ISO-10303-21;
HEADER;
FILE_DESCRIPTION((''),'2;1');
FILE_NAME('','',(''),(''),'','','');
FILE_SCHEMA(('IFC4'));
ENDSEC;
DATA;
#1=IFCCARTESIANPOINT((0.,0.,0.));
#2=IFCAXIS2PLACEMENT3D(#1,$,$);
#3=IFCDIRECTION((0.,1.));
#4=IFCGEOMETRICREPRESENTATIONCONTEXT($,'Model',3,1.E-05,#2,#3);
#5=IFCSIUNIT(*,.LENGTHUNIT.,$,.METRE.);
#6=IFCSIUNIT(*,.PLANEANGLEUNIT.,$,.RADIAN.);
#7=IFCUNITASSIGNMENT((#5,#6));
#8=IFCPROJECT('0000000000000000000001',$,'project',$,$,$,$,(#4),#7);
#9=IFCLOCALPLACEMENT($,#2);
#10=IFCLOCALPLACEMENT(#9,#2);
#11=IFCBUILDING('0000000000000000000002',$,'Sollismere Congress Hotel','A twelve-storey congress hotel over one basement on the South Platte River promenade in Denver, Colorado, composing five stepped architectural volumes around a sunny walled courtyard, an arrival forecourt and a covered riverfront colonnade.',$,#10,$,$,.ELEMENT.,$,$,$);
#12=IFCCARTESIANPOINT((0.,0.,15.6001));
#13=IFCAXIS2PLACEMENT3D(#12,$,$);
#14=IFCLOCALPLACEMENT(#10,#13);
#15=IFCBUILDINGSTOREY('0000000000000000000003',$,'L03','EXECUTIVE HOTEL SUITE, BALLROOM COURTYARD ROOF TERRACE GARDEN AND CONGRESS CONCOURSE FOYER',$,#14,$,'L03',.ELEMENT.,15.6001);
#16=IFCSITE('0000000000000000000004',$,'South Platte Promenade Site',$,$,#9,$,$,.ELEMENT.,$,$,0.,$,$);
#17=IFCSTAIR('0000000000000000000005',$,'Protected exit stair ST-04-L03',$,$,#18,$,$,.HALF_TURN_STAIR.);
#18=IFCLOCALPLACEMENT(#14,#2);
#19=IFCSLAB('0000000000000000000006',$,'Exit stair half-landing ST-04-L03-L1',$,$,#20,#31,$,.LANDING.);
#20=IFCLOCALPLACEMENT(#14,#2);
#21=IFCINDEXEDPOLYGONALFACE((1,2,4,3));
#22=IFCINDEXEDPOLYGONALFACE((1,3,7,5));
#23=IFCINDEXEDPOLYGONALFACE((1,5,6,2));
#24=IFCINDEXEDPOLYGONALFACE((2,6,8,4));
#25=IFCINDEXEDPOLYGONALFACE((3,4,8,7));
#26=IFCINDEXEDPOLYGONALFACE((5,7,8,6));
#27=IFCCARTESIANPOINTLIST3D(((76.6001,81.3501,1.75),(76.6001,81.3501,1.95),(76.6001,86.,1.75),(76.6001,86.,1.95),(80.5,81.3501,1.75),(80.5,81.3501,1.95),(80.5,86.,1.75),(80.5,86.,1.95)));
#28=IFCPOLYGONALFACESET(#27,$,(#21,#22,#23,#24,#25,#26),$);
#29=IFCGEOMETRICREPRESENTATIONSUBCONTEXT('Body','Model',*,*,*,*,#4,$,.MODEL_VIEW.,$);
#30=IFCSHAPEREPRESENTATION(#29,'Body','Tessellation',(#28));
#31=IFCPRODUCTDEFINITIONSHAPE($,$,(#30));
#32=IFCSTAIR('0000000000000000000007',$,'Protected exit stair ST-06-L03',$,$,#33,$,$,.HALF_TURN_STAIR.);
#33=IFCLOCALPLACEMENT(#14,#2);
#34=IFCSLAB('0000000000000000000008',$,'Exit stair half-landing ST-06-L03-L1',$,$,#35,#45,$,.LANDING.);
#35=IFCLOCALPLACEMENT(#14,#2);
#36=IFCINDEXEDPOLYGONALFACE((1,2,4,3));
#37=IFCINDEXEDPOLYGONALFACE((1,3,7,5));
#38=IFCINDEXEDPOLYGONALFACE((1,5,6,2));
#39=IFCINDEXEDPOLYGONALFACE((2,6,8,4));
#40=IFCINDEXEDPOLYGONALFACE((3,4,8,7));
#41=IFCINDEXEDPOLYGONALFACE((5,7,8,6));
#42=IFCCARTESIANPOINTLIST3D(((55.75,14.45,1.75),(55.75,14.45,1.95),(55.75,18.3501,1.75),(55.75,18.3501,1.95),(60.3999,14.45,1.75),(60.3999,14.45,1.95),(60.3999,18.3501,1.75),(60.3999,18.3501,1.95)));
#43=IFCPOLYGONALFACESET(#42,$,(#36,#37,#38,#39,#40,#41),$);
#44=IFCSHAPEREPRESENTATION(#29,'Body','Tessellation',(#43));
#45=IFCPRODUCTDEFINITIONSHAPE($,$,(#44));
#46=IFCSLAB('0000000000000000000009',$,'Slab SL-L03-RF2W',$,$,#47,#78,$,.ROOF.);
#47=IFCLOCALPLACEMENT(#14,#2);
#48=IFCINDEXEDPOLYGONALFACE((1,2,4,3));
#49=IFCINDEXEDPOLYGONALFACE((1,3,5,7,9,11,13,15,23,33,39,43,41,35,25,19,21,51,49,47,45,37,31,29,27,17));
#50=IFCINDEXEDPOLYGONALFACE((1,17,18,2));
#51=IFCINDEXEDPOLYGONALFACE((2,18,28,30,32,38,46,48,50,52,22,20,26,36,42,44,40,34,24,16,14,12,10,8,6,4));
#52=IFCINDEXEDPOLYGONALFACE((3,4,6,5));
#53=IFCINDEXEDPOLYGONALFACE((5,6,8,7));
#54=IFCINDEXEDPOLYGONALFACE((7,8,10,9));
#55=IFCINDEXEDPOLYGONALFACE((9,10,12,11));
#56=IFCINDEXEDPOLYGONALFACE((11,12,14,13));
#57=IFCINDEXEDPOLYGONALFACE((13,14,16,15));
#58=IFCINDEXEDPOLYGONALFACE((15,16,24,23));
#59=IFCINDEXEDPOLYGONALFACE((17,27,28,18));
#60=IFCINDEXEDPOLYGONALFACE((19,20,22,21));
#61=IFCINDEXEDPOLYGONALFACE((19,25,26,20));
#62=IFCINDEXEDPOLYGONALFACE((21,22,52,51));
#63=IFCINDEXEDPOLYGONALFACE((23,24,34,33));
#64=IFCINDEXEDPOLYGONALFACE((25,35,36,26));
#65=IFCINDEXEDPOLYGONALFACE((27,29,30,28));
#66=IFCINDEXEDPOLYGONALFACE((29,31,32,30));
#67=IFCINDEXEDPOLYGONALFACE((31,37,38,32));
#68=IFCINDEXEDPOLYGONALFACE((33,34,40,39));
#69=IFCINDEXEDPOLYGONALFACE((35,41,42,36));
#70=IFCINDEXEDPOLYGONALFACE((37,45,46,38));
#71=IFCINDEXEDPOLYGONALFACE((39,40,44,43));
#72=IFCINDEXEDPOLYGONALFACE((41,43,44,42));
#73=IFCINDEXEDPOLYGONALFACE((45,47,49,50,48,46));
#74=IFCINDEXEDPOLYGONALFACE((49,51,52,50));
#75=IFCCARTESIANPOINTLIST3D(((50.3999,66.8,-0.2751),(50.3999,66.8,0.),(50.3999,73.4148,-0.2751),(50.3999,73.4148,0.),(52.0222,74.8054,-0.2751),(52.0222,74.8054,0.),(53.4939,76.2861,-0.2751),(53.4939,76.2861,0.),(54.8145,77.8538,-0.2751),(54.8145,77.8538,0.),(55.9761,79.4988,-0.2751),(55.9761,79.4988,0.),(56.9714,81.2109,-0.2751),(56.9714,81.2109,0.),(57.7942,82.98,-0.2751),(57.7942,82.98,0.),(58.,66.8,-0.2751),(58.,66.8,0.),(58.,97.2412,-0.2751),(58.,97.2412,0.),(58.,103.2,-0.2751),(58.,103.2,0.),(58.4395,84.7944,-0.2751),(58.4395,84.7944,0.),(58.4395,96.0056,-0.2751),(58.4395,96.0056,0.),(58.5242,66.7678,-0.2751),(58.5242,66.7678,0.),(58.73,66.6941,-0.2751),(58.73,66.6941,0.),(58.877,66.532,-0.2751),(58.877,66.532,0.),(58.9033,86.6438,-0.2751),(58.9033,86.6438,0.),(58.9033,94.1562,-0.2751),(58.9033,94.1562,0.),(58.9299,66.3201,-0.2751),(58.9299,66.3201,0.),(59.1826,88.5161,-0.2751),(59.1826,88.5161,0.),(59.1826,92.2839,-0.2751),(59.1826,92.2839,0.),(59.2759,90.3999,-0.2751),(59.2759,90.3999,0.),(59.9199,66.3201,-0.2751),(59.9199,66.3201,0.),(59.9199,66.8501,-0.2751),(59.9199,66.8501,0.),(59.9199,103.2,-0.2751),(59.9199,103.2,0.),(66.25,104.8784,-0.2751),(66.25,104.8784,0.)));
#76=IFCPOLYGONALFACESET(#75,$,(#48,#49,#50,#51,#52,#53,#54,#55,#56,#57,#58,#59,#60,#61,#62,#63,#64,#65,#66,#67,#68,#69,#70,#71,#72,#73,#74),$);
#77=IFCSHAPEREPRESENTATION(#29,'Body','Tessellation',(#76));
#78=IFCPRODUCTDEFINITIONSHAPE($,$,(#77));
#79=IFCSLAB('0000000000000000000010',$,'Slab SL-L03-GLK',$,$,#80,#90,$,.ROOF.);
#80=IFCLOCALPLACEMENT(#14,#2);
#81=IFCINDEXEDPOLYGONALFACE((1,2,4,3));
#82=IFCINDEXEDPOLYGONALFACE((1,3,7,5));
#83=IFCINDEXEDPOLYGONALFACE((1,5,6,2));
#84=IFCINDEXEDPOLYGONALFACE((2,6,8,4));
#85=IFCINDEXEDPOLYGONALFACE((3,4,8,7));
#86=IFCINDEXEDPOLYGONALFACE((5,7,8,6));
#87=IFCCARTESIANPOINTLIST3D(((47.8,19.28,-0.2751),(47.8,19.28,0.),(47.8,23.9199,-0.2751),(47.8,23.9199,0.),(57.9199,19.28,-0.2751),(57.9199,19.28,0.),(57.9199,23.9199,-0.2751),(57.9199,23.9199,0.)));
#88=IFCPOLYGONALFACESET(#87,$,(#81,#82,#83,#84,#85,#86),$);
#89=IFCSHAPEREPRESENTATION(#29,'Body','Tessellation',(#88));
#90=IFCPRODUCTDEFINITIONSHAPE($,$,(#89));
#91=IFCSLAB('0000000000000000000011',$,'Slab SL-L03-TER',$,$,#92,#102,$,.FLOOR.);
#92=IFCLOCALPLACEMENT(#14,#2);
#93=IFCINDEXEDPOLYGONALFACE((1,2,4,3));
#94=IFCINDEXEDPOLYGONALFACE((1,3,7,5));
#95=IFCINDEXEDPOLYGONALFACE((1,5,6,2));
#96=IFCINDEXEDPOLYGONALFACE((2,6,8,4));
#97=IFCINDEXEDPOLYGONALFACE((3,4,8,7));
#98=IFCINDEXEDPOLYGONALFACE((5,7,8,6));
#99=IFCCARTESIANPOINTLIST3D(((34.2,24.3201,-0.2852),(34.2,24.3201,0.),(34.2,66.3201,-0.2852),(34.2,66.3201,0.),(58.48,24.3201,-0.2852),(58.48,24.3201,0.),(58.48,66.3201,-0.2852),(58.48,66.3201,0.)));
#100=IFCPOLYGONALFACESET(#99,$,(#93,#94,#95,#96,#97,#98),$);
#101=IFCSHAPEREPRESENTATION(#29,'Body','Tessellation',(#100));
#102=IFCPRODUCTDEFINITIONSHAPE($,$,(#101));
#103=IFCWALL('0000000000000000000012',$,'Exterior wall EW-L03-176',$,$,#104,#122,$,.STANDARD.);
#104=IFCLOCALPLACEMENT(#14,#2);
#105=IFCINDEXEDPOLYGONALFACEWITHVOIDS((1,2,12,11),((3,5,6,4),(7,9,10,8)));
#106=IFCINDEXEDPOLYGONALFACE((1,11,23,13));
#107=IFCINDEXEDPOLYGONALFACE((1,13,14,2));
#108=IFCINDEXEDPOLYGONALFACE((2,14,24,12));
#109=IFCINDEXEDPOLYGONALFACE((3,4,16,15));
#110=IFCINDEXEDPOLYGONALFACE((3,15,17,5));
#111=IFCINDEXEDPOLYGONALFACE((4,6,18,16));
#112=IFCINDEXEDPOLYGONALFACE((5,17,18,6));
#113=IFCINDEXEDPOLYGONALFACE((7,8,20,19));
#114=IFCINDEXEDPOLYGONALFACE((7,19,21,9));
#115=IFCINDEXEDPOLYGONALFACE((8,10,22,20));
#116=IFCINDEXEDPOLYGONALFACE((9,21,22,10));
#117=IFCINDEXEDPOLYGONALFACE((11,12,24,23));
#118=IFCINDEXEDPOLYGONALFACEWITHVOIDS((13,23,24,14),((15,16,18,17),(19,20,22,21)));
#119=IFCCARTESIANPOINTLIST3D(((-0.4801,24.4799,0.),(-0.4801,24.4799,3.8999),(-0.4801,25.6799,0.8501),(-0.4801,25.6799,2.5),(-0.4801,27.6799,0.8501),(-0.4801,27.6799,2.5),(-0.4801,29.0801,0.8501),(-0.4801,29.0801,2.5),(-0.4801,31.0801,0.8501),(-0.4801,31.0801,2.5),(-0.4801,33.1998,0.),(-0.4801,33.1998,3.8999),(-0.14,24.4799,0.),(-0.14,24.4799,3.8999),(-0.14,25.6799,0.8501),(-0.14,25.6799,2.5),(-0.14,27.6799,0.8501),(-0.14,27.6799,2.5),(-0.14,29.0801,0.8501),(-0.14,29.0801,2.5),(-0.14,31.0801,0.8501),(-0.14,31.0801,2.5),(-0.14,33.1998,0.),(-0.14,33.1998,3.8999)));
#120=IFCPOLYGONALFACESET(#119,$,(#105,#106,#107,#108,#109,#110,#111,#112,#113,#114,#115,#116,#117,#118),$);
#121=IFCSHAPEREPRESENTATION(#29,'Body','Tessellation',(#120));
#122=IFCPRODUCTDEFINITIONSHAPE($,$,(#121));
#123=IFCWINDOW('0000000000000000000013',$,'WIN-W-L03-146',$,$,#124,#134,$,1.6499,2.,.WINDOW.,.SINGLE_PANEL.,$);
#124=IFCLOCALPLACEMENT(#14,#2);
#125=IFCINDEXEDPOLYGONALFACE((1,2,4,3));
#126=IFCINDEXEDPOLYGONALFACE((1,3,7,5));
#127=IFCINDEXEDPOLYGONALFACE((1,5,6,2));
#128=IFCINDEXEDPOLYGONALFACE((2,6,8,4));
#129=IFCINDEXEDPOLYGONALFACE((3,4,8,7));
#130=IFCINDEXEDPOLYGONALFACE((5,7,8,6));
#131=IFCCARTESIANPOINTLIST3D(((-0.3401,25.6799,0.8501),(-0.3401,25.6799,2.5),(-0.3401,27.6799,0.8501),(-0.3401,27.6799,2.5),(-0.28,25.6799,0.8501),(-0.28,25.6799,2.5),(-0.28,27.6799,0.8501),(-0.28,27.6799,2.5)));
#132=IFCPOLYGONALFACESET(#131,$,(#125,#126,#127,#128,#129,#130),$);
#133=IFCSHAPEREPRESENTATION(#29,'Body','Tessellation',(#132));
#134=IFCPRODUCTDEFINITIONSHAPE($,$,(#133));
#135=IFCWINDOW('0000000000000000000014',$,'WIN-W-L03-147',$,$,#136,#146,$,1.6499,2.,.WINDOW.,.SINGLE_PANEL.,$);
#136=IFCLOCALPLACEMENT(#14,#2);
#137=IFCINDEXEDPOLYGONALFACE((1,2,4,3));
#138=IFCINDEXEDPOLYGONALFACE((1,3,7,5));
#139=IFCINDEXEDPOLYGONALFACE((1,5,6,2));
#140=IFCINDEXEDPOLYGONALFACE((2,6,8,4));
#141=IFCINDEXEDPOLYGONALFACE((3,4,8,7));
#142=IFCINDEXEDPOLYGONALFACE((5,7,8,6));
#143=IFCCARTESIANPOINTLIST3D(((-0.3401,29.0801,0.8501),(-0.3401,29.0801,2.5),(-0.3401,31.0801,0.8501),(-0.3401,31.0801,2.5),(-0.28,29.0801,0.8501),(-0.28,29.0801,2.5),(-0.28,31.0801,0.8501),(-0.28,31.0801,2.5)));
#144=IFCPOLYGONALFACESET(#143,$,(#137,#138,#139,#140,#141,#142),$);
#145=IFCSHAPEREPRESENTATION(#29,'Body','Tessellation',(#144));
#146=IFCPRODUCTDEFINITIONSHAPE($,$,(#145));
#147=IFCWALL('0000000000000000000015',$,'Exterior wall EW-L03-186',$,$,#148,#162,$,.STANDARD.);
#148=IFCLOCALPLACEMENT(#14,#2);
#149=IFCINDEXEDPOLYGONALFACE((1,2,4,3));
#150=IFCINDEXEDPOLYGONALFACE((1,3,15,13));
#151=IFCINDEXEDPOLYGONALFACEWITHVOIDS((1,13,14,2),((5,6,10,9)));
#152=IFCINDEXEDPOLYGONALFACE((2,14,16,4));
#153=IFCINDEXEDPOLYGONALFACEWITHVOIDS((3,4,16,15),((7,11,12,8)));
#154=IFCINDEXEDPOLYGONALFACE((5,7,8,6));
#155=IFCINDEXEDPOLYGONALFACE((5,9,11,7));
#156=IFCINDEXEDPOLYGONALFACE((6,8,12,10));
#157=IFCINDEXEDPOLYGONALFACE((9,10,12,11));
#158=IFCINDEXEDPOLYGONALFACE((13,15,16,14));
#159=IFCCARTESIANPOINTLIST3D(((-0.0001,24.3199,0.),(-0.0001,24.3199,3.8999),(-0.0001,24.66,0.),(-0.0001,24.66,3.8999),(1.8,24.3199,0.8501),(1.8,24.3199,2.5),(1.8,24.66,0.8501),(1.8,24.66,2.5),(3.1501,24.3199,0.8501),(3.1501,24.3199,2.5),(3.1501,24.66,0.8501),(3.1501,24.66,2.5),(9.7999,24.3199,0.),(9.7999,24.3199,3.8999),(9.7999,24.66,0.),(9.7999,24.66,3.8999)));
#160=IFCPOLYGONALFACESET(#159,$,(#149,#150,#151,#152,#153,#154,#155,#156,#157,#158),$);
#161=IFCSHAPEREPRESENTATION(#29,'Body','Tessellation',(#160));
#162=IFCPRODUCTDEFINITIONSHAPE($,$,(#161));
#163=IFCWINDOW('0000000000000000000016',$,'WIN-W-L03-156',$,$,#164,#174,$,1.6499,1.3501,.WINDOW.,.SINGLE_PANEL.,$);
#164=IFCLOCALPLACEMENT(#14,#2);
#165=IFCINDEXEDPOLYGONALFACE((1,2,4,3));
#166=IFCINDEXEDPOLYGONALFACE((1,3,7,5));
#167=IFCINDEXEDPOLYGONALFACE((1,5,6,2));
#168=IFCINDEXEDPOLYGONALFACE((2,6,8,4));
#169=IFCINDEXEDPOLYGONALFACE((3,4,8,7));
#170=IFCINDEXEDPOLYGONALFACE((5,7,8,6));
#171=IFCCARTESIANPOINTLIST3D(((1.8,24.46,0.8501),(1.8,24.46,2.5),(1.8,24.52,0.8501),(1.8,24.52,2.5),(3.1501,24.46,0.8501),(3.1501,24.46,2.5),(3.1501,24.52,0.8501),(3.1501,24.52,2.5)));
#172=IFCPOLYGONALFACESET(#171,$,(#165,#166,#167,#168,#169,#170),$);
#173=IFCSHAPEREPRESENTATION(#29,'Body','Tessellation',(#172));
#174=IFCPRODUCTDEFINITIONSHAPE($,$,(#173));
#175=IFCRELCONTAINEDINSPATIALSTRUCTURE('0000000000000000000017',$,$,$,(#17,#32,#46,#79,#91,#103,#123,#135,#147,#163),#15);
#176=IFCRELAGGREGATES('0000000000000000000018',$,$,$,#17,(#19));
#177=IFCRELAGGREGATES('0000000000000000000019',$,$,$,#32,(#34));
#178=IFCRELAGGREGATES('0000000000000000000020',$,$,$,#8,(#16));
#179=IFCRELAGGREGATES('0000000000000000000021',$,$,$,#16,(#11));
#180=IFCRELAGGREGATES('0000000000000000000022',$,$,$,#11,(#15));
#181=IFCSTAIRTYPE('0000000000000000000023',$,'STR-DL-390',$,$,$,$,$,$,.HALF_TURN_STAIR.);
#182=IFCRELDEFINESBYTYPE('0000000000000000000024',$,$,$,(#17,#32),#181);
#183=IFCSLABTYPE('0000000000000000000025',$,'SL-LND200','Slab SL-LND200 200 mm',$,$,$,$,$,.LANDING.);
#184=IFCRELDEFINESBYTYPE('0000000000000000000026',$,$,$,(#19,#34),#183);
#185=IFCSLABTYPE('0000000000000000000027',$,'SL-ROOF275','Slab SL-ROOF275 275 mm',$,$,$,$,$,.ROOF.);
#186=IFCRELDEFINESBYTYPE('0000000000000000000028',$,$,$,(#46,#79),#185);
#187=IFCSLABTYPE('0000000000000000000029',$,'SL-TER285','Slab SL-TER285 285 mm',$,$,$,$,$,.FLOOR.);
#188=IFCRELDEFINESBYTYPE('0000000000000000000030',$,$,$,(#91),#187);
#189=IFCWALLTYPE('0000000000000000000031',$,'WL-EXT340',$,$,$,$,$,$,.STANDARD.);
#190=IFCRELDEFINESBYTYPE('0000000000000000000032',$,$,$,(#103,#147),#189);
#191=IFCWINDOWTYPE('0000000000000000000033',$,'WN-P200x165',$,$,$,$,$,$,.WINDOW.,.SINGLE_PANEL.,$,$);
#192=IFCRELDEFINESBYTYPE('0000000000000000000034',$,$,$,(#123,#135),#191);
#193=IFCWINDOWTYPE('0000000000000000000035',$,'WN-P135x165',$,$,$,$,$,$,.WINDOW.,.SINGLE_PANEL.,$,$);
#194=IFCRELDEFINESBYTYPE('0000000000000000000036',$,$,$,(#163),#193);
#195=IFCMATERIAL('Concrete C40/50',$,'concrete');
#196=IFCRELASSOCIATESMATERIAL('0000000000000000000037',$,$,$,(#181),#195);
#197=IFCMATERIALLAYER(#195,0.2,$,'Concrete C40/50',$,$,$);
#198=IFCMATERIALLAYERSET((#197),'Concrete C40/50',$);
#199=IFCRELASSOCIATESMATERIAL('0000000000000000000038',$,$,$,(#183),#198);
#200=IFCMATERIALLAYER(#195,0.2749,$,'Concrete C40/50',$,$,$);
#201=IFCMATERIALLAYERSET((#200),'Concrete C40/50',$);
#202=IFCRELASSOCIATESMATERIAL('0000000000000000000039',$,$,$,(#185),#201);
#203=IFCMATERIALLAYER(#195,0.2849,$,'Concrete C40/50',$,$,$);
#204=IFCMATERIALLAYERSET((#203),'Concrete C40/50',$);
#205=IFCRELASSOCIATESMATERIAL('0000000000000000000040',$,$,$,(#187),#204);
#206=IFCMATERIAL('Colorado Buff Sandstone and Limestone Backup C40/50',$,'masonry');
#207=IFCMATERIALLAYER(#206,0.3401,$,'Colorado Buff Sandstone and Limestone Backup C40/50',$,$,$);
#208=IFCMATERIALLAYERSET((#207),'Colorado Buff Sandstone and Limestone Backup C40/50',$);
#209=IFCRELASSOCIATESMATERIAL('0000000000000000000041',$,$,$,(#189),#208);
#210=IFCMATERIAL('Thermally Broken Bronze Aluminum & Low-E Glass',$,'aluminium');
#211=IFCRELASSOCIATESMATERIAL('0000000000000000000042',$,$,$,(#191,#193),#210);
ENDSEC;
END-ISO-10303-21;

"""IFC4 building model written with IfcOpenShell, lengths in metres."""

from ifc_helpers import new_model, si_unit, direction, frame, frame_2d, origin, place, context, subcontext, project, spatial, polyline, rectangle, outline, extrude, material, layer, layer_set, type_object, element, fill, aggregate, save


model = new_model("IFC4")

# Units and contexts
model_context = context("Model", 3, precision=1e-05, world=origin(), true_north=direction((0.0, 1.0)))
body_context = subcontext(model_context, "Body", "Model", "MODEL_VIEW")
ifc_project = project(units=[si_unit("LENGTHUNIT", "METRE"), si_unit("PLANEANGLEUNIT", "RADIAN")], contexts=[model_context])

# Site, building, storey
site_placement = place(None, origin())
site = spatial("IfcSite", under=ifc_project, at=site_placement, Name="South Platte Promenade Site", CompositionType="ELEMENT", RefElevation=0.0)
building_placement = place(site_placement, origin())
building = spatial("IfcBuilding", under=site, at=building_placement, Name="Sollismere Congress Hotel", Description="A twelve-storey congress hotel over one basement on the South Platte River promenade in Denver, Colorado, composing five stepped architectural volumes around a sunny walled courtyard, an arrival forecourt and a covered riverfront colonnade.", CompositionType="ELEMENT")
storey_placement = place(building_placement, frame((0.0, 0.0, 15.6001)))
storey = spatial("IfcBuildingStorey", under=building, at=storey_placement, Name="L03", Description="EXECUTIVE HOTEL SUITE, BALLROOM COURTYARD ROOF TERRACE GARDEN AND CONGRESS CONCOURSE FOYER", LongName="L03", CompositionType="ELEMENT", Elevation=15.6001)

# Shared definitions
ifc_material_1 = material(Name="Concrete C40/50", Category="concrete")

# Stairs, slabs
stair_type = type_object("IfcStairType", Name="STR-DL-390", PredefinedType="HALF_TURN_STAIR", material=ifc_material_1)
ifc_layer_1 = layer(ifc_material_1, 0.2, Name="Concrete C40/50")
ifc_layer_set_1 = layer_set([ifc_layer_1], Name="Concrete C40/50")
slab_type_1 = type_object("IfcSlabType", Name="SL-LND200", Description="Slab SL-LND200 200 mm", PredefinedType="LANDING", material=ifc_layer_set_1)
stair_1_placement = place(storey_placement, origin())
stair_1 = element("IfcStair", 1, at=stair_1_placement, inside=storey, type_object=stair_type, Name="Protected exit stair ST-04-L03", PredefinedType="HALF_TURN_STAIR")
slab_1_placement = place(storey_placement, frame((0.0, 0.0, 1.75)))
slab_1 = element("IfcSlab", 2, at=slab_1_placement, type_object=slab_type_1, Name="Exit stair half-landing ST-04-L03-L1", PredefinedType="LANDING", context=body_context, shape_type="SweptSolid", body=[
    extrude(outline(polyline([(80.5, 81.3501), (80.5, 86.0), (76.6001, 86.0), (76.6001, 81.3501), (80.5, 81.3501)])), origin(), (0.0, 0.0, 1.0), 0.2),
])
aggregate(stair_1, [slab_1])
stair_2_placement = place(storey_placement, origin())
stair_2 = element("IfcStair", 3, at=stair_2_placement, inside=storey, type_object=stair_type, Name="Protected exit stair ST-06-L03", PredefinedType="HALF_TURN_STAIR")
slab_2_placement = place(storey_placement, frame((0.0, 0.0, 1.75)))
slab_2 = element("IfcSlab", 4, at=slab_2_placement, type_object=slab_type_1, Name="Exit stair half-landing ST-06-L03-L1", PredefinedType="LANDING", context=body_context, shape_type="SweptSolid", body=[
    extrude(outline(polyline([(55.75, 14.45), (60.3999, 14.45), (60.3999, 18.3501), (55.75, 18.3501), (55.75, 14.45)])), origin(), (0.0, 0.0, 1.0), 0.2),
])
aggregate(stair_2, [slab_2])

# Slabs
ifc_layer_2 = layer(ifc_material_1, 0.2749, Name="Concrete C40/50")
ifc_layer_set_2 = layer_set([ifc_layer_2], Name="Concrete C40/50")
slab_type_2 = type_object("IfcSlabType", Name="SL-ROOF275", Description="Slab SL-ROOF275 275 mm", PredefinedType="ROOF", material=ifc_layer_set_2)
slab_3_placement = place(storey_placement, frame((0.0, 0.0, -0.2751)))
element("IfcSlab", 5, at=slab_3_placement, inside=storey, type_object=slab_type_2, Name="Slab SL-L03-RF2W", PredefinedType="ROOF", context=body_context, shape_type="SweptSolid", body=[
    extrude(outline(polyline([(58.0, 66.8), (58.5242, 66.7678), (58.73, 66.6941), (58.877, 66.532), (58.9299, 66.3201), (59.9199, 66.3201), (59.9199, 66.8501), (59.9199, 103.2), (66.25, 104.8784), (58.0, 103.2), (58.0, 97.2412), (58.4395, 96.0056), (58.9033, 94.1562), (59.1826, 92.2839), (59.2759, 90.3999), (59.1826, 88.5161), (58.9033, 86.6438), (58.4395, 84.7944), (57.7942, 82.98), (56.9714, 81.2109), (55.9761, 79.4988), (54.8145, 77.8538), (53.4939, 76.2861), (52.0222, 74.8054), (50.3999, 73.4148), (50.3999, 66.8), (58.0, 66.8)])), origin(), (0.0, 0.0, 1.0), 0.2751),
])
slab_4_placement = place(storey_placement, frame((0.0, 0.0, -0.2751)))
element("IfcSlab", 6, at=slab_4_placement, inside=storey, type_object=slab_type_2, Name="Slab SL-L03-GLK", PredefinedType="ROOF", context=body_context, shape_type="SweptSolid", body=[
    extrude(outline(polyline([(57.9199, 19.28), (57.9199, 23.9199), (47.8, 23.9199), (47.8, 19.28), (57.9199, 19.28)])), origin(), (0.0, 0.0, 1.0), 0.2751),
])
ifc_layer_3 = layer(ifc_material_1, 0.2849, Name="Concrete C40/50")
ifc_layer_set_3 = layer_set([ifc_layer_3], Name="Concrete C40/50")
slab_type_3 = type_object("IfcSlabType", Name="SL-TER285", Description="Slab SL-TER285 285 mm", PredefinedType="FLOOR", material=ifc_layer_set_3)
slab_5_placement = place(storey_placement, frame((0.0, 0.0, -0.2852)))
element("IfcSlab", 7, at=slab_5_placement, inside=storey, type_object=slab_type_3, Name="Slab SL-L03-TER", PredefinedType="FLOOR", context=body_context, shape_type="SweptSolid", body=[
    extrude(outline(polyline([(58.48, 24.3201), (58.48, 66.3201), (34.2, 66.3201), (34.2, 24.3201), (58.48, 24.3201)])), origin(), (0.0, 0.0, 1.0), 0.2852),
])

# Wall, openings, windows
ifc_material_2 = material(Name="Colorado Buff Sandstone and Limestone Backup C40/50", Category="masonry")
ifc_layer_4 = layer(ifc_material_2, 0.3401, Name="Colorado Buff Sandstone and Limestone Backup C40/50")
ifc_layer_set_4 = layer_set([ifc_layer_4], Name="Colorado Buff Sandstone and Limestone Backup C40/50")
wall_type_1 = type_object("IfcWallType", Name="WL-EXT340", PredefinedType="STANDARD", material=ifc_layer_set_4)
wall_1_placement = place(storey_placement, frame((-0.3101, 24.48, 0.0), z_axis=(0.0, 0.0, 1.0), x_axis=(0.0, 1.0, 0.0)))
wall_1 = element("IfcWall", 8, at=wall_1_placement, inside=storey, type_object=wall_type_1, Name="Exterior wall EW-L03-176", PredefinedType="STANDARD", context=body_context, shape_type="SweptSolid", body=[
    extrude(rectangle(XDim=8.72, YDim=0.3401, at=frame_2d((4.3599, 0.0))), origin(), (0.0, 0.0, 1.0), 3.8999),
])
opening_1_placement = place(wall_1_placement, frame((1.2, 0.0, 0.8501)))
opening_1 = element("IfcOpeningElement", 9, at=opening_1_placement, cuts=wall_1, PredefinedType="OPENING", context=body_context, shape_type="SweptSolid", body=[
    extrude(rectangle(XDim=2.0, YDim=1.6499, at=frame_2d((1.0, 0.825))), frame((0.0, 0.1799, 0.0), z_axis=(0.0, -1.0, 0.0), x_axis=(1.0, 0.0, 0.0)), (0.0, 0.0, 1.0), 0.3601),
])
opening_2_placement = place(wall_1_placement, frame((4.6001, 0.0, 0.8501)))
opening_2 = element("IfcOpeningElement", 10, at=opening_2_placement, cuts=wall_1, PredefinedType="OPENING", context=body_context, shape_type="SweptSolid", body=[
    extrude(rectangle(XDim=2.0, YDim=1.6499, at=frame_2d((1.0, 0.825))), frame((0.0, 0.1799, 0.0), z_axis=(0.0, -1.0, 0.0), x_axis=(1.0, 0.0, 0.0)), (0.0, 0.0, 1.0), 0.3601),
])
ifc_material_3 = material(Name="Thermally Broken Bronze Aluminum & Low-E Glass", Category="aluminium")
window_type_1 = type_object("IfcWindowType", Name="WN-P200x165", PartitioningType="SINGLE_PANEL", PredefinedType="WINDOW", material=ifc_material_3)
window_1_placement = place(opening_1_placement, origin())
window_1 = element("IfcWindow", 11, at=window_1_placement, inside=storey, type_object=window_type_1, Name="WIN-W-L03-146", OverallHeight=1.6499, OverallWidth=2.0, PartitioningType="SINGLE_PANEL", PredefinedType="WINDOW", context=body_context, shape_type="SweptSolid", body=[
    extrude(rectangle(XDim=2.0, YDim=1.6499, at=frame_2d((1.0, 0.825))), frame((0.0, 0.03, 0.0), z_axis=(0.0, -1.0, 0.0), x_axis=(1.0, 0.0, 0.0)), (0.0, 0.0, 1.0), 0.0601),
])
fill(opening_1, window_1)
window_2_placement = place(opening_2_placement, origin())
window_2 = element("IfcWindow", 12, at=window_2_placement, inside=storey, type_object=window_type_1, Name="WIN-W-L03-147", OverallHeight=1.6499, OverallWidth=2.0, PartitioningType="SINGLE_PANEL", PredefinedType="WINDOW", context=body_context, shape_type="SweptSolid", body=[
    extrude(rectangle(XDim=2.0, YDim=1.6499, at=frame_2d((1.0, 0.825))), frame((0.0, 0.03, 0.0), z_axis=(0.0, -1.0, 0.0), x_axis=(1.0, 0.0, 0.0)), (0.0, 0.0, 1.0), 0.0601),
])
fill(opening_2, window_2)

# Wall, opening, window
wall_2_placement = place(storey_placement, frame((0.0, 24.49, 0.0), z_axis=(0.0, 0.0, 1.0), x_axis=(1.0, 0.0, 0.0)))
wall_2 = element("IfcWall", 13, at=wall_2_placement, inside=storey, type_object=wall_type_1, Name="Exterior wall EW-L03-186", PredefinedType="STANDARD", context=body_context, shape_type="SweptSolid", body=[
    extrude(rectangle(XDim=9.8, YDim=0.3401, at=frame_2d((4.8999, 0.0))), origin(), (0.0, 0.0, 1.0), 3.8999),
])
opening_3_placement = place(wall_2_placement, frame((1.8, 0.0, 0.8501)))
opening_3 = element("IfcOpeningElement", 14, at=opening_3_placement, cuts=wall_2, PredefinedType="OPENING", context=body_context, shape_type="SweptSolid", body=[
    extrude(rectangle(XDim=1.3501, YDim=1.6499, at=frame_2d((0.675, 0.825))), frame((0.0, 0.1799, 0.0), z_axis=(0.0, -1.0, 0.0), x_axis=(1.0, 0.0, 0.0)), (0.0, 0.0, 1.0), 0.3601),
])
window_type_2 = type_object("IfcWindowType", Name="WN-P135x165", PartitioningType="SINGLE_PANEL", PredefinedType="WINDOW", material=ifc_material_3)
window_3_placement = place(opening_3_placement, origin())
window_3 = element("IfcWindow", 15, at=window_3_placement, inside=storey, type_object=window_type_2, Name="WIN-W-L03-156", OverallHeight=1.6499, OverallWidth=1.3501, PartitioningType="SINGLE_PANEL", PredefinedType="WINDOW", context=body_context, shape_type="SweptSolid", body=[
    extrude(rectangle(XDim=1.3501, YDim=1.6499, at=frame_2d((0.675, 0.825))), frame((0.0, 0.03, 0.0), z_axis=(0.0, -1.0, 0.0), x_axis=(1.0, 0.0, 0.0)), (0.0, 0.0, 1.0), 0.0601),
])
fill(opening_3, window_3)

save(model, "model.ifc")
